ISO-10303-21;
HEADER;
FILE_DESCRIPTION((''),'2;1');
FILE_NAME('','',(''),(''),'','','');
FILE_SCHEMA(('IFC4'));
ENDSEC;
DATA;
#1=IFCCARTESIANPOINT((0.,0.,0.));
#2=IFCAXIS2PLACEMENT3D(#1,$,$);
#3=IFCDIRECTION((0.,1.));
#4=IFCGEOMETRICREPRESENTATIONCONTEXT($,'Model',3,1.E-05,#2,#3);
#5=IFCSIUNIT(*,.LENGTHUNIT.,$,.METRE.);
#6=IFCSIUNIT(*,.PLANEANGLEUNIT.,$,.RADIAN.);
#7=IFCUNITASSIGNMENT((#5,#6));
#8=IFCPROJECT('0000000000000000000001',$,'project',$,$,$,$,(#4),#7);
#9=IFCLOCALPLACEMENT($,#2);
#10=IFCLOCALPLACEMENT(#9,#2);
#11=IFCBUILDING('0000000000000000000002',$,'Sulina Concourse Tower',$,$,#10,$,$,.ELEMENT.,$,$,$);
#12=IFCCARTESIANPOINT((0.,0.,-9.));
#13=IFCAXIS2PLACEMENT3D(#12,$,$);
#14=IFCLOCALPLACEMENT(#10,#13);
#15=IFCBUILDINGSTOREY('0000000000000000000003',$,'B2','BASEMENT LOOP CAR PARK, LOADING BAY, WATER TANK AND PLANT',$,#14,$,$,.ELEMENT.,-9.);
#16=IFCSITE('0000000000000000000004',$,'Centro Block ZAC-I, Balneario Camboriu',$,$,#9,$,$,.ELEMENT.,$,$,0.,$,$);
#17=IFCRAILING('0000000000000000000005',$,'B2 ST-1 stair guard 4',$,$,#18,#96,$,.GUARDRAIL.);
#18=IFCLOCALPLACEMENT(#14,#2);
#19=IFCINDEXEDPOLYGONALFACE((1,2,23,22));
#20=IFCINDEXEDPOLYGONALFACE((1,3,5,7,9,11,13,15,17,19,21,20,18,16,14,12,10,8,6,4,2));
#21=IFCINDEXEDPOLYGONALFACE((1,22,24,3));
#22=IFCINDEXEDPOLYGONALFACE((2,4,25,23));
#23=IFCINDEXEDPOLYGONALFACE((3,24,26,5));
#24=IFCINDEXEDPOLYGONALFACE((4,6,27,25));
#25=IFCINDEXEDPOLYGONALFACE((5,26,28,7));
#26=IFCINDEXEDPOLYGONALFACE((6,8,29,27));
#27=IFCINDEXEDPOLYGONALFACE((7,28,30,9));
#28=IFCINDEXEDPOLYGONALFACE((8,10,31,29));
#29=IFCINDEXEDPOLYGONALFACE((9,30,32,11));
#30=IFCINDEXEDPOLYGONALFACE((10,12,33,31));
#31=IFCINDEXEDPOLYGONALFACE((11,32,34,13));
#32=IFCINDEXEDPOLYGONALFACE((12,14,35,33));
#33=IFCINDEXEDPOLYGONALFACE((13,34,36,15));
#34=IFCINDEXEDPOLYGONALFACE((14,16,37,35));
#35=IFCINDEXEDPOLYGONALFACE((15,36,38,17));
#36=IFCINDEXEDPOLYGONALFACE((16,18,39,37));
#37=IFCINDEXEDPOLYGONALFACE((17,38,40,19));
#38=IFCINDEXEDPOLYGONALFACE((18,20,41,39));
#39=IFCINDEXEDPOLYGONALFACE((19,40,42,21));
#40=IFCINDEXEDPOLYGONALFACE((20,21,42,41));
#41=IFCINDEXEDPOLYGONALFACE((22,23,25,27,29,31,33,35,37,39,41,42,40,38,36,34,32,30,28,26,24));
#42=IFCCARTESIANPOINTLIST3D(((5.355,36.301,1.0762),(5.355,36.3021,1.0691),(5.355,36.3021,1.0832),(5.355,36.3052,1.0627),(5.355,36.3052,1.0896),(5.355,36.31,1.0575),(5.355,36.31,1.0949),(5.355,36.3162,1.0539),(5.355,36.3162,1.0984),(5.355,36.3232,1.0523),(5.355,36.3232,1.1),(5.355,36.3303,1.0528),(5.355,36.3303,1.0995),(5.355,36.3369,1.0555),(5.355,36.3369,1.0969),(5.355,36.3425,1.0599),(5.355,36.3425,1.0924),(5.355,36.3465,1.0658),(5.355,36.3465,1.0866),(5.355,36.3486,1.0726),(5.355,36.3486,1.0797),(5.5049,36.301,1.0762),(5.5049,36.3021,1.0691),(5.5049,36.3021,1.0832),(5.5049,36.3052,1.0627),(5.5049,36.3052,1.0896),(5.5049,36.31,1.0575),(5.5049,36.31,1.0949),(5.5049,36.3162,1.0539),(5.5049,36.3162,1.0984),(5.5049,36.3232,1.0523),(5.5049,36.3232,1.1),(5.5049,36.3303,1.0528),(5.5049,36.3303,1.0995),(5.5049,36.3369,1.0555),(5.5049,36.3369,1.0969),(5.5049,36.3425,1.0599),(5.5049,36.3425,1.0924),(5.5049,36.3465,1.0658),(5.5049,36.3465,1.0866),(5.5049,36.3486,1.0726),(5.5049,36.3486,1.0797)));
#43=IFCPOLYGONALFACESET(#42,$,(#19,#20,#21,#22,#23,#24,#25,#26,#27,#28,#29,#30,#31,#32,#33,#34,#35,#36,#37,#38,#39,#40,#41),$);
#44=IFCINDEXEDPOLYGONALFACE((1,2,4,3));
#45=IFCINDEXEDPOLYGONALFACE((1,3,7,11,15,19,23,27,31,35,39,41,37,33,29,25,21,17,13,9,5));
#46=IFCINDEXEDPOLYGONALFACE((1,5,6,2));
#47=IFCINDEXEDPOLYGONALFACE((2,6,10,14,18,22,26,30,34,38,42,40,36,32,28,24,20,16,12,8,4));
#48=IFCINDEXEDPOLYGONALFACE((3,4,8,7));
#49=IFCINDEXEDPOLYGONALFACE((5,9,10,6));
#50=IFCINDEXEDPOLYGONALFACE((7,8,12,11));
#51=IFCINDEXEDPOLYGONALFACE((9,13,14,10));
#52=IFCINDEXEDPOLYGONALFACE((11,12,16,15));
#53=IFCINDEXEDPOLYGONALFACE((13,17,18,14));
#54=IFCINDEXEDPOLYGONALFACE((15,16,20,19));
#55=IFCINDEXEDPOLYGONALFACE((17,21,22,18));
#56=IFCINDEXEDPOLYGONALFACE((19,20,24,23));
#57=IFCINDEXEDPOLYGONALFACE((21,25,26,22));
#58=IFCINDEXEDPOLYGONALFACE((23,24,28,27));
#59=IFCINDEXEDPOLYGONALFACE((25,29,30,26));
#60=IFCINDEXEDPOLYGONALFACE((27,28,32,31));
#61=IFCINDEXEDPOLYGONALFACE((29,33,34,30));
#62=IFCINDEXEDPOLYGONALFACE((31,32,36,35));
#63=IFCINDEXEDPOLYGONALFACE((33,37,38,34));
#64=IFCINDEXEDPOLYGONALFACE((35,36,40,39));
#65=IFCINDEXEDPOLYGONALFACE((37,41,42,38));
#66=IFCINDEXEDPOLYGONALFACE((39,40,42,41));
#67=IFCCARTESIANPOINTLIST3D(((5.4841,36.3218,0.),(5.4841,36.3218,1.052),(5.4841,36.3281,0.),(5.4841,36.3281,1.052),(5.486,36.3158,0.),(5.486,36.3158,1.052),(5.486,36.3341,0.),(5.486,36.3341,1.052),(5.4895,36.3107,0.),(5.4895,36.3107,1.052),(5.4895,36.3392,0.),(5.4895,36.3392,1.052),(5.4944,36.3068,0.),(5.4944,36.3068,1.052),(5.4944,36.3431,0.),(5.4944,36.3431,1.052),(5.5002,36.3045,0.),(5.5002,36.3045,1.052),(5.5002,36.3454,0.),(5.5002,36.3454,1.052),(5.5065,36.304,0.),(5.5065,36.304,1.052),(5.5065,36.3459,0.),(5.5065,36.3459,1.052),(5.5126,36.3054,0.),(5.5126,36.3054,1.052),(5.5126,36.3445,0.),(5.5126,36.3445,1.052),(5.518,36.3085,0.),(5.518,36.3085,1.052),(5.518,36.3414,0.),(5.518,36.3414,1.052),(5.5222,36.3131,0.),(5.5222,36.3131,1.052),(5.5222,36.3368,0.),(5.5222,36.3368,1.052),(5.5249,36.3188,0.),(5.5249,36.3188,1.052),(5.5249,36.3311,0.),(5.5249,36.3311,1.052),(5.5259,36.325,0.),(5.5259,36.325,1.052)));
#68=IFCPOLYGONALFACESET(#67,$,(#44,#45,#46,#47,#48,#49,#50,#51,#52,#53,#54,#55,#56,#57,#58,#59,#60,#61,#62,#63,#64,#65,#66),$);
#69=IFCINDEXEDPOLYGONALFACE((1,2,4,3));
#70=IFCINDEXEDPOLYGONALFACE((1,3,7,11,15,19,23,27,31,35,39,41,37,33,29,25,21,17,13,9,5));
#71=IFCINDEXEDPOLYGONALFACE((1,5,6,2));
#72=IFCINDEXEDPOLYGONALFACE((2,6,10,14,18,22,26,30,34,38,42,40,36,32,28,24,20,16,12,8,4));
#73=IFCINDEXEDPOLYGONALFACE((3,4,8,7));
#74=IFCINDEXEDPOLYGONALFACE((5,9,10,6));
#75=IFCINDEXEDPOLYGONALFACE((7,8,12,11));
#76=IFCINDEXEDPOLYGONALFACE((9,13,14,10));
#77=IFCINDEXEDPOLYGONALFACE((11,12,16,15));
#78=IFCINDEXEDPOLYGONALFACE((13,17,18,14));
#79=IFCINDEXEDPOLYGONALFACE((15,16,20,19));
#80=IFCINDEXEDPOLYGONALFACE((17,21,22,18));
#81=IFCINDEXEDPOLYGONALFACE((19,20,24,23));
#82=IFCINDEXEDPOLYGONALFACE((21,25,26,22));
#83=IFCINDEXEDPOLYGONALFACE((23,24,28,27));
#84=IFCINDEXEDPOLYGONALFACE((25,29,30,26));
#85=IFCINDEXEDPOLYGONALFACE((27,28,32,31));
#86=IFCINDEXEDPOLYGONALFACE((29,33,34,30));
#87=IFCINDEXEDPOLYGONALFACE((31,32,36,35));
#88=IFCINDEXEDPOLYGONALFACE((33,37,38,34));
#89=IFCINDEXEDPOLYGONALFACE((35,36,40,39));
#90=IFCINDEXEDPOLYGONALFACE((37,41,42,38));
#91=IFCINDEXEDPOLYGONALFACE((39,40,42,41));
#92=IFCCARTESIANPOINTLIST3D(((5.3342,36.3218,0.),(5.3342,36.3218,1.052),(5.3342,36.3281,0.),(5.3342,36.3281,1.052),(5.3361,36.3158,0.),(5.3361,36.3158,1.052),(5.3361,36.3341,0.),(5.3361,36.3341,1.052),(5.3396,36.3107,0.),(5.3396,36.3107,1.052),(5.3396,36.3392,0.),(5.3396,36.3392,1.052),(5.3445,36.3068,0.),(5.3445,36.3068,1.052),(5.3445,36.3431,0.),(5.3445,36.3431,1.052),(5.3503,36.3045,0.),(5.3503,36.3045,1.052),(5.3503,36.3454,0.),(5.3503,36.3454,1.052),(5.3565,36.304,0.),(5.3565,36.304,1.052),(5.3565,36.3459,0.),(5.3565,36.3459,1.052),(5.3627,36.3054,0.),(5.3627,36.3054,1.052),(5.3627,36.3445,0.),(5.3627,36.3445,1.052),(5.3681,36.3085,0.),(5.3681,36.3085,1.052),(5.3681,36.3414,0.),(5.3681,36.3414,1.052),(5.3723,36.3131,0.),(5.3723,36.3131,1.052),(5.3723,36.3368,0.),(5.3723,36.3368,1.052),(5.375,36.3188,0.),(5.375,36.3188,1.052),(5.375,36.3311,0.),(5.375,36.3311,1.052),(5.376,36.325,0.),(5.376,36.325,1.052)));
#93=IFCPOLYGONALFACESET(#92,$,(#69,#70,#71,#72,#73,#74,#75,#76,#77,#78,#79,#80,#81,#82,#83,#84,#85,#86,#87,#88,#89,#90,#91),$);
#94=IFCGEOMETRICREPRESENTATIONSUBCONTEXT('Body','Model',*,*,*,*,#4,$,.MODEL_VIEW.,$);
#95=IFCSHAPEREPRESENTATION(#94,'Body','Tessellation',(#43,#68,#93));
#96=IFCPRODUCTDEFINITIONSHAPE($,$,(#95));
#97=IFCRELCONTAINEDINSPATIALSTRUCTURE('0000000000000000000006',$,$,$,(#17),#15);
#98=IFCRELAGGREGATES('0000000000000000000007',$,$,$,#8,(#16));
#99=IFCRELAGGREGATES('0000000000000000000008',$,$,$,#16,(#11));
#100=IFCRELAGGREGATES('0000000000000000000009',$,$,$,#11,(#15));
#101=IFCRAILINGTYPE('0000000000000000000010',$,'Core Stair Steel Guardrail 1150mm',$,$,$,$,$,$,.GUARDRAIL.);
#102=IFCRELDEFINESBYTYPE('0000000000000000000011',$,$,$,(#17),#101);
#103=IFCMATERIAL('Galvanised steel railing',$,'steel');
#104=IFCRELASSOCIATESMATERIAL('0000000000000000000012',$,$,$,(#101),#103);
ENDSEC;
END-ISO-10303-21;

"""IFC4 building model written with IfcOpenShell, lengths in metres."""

from ifc_helpers import new_model, si_unit, direction, frame, origin, origin_2d, place, context, subcontext, project, spatial, circle, extrude, material, type_object, element, save


model = new_model("IFC4")

# Units and contexts
model_context = context("Model", 3, precision=1e-05, world=origin(), true_north=direction((0.0, 1.0)))
body_context = subcontext(model_context, "Body", "Model", "MODEL_VIEW")
ifc_project = project(units=[si_unit("LENGTHUNIT", "METRE"), si_unit("PLANEANGLEUNIT", "RADIAN")], contexts=[model_context])

# Site, building, storey
site_placement = place(None, origin())
site = spatial("IfcSite", under=ifc_project, at=site_placement, Name="Centro Block ZAC-I, Balneario Camboriu", CompositionType="ELEMENT", RefElevation=0.0)
building_placement = place(site_placement, origin())
building = spatial("IfcBuilding", under=site, at=building_placement, Name="Sulina Concourse Tower", CompositionType="ELEMENT")
storey_placement = place(building_placement, frame((0.0, 0.0, -9.0)))
storey = spatial("IfcBuildingStorey", under=building, at=storey_placement, Name="B2", Description="BASEMENT LOOP CAR PARK, LOADING BAY, WATER TANK AND PLANT", CompositionType="ELEMENT", Elevation=-9.0)

# Railing
ifc_material_1 = material(Name="Galvanised steel railing", Category="steel")
railing_type = type_object("IfcRailingType", Name="Core Stair Steel Guardrail 1150mm", PredefinedType="GUARDRAIL", material=ifc_material_1)
railing_1_placement = place(storey_placement, frame((5.5049, 36.325, 0.0)))
element("IfcRailing", 1, at=railing_1_placement, inside=storey, type_object=railing_type, Name="B2 ST-1 stair guard 4", PredefinedType="GUARDRAIL", context=body_context, shape_type="SweptSolid", body=[
    extrude(circle(Radius=0.0239, at=origin_2d()), frame((0.0, 0.0, 1.0762), z_axis=(-1.0, 0.0, 0.0), x_axis=(0.0, -1.0, 0.0)), (0.0, 0.0, 1.0), 0.1499),
    extrude(circle(Radius=0.021, at=origin_2d()), origin(), (0.0, 0.0, 1.0), 1.052),
    extrude(circle(Radius=0.021, at=origin_2d()), frame((-0.1499, 0.0, 0.0)), (0.0, 0.0, 1.0), 1.052),
])

save(model, "model.ifc")
